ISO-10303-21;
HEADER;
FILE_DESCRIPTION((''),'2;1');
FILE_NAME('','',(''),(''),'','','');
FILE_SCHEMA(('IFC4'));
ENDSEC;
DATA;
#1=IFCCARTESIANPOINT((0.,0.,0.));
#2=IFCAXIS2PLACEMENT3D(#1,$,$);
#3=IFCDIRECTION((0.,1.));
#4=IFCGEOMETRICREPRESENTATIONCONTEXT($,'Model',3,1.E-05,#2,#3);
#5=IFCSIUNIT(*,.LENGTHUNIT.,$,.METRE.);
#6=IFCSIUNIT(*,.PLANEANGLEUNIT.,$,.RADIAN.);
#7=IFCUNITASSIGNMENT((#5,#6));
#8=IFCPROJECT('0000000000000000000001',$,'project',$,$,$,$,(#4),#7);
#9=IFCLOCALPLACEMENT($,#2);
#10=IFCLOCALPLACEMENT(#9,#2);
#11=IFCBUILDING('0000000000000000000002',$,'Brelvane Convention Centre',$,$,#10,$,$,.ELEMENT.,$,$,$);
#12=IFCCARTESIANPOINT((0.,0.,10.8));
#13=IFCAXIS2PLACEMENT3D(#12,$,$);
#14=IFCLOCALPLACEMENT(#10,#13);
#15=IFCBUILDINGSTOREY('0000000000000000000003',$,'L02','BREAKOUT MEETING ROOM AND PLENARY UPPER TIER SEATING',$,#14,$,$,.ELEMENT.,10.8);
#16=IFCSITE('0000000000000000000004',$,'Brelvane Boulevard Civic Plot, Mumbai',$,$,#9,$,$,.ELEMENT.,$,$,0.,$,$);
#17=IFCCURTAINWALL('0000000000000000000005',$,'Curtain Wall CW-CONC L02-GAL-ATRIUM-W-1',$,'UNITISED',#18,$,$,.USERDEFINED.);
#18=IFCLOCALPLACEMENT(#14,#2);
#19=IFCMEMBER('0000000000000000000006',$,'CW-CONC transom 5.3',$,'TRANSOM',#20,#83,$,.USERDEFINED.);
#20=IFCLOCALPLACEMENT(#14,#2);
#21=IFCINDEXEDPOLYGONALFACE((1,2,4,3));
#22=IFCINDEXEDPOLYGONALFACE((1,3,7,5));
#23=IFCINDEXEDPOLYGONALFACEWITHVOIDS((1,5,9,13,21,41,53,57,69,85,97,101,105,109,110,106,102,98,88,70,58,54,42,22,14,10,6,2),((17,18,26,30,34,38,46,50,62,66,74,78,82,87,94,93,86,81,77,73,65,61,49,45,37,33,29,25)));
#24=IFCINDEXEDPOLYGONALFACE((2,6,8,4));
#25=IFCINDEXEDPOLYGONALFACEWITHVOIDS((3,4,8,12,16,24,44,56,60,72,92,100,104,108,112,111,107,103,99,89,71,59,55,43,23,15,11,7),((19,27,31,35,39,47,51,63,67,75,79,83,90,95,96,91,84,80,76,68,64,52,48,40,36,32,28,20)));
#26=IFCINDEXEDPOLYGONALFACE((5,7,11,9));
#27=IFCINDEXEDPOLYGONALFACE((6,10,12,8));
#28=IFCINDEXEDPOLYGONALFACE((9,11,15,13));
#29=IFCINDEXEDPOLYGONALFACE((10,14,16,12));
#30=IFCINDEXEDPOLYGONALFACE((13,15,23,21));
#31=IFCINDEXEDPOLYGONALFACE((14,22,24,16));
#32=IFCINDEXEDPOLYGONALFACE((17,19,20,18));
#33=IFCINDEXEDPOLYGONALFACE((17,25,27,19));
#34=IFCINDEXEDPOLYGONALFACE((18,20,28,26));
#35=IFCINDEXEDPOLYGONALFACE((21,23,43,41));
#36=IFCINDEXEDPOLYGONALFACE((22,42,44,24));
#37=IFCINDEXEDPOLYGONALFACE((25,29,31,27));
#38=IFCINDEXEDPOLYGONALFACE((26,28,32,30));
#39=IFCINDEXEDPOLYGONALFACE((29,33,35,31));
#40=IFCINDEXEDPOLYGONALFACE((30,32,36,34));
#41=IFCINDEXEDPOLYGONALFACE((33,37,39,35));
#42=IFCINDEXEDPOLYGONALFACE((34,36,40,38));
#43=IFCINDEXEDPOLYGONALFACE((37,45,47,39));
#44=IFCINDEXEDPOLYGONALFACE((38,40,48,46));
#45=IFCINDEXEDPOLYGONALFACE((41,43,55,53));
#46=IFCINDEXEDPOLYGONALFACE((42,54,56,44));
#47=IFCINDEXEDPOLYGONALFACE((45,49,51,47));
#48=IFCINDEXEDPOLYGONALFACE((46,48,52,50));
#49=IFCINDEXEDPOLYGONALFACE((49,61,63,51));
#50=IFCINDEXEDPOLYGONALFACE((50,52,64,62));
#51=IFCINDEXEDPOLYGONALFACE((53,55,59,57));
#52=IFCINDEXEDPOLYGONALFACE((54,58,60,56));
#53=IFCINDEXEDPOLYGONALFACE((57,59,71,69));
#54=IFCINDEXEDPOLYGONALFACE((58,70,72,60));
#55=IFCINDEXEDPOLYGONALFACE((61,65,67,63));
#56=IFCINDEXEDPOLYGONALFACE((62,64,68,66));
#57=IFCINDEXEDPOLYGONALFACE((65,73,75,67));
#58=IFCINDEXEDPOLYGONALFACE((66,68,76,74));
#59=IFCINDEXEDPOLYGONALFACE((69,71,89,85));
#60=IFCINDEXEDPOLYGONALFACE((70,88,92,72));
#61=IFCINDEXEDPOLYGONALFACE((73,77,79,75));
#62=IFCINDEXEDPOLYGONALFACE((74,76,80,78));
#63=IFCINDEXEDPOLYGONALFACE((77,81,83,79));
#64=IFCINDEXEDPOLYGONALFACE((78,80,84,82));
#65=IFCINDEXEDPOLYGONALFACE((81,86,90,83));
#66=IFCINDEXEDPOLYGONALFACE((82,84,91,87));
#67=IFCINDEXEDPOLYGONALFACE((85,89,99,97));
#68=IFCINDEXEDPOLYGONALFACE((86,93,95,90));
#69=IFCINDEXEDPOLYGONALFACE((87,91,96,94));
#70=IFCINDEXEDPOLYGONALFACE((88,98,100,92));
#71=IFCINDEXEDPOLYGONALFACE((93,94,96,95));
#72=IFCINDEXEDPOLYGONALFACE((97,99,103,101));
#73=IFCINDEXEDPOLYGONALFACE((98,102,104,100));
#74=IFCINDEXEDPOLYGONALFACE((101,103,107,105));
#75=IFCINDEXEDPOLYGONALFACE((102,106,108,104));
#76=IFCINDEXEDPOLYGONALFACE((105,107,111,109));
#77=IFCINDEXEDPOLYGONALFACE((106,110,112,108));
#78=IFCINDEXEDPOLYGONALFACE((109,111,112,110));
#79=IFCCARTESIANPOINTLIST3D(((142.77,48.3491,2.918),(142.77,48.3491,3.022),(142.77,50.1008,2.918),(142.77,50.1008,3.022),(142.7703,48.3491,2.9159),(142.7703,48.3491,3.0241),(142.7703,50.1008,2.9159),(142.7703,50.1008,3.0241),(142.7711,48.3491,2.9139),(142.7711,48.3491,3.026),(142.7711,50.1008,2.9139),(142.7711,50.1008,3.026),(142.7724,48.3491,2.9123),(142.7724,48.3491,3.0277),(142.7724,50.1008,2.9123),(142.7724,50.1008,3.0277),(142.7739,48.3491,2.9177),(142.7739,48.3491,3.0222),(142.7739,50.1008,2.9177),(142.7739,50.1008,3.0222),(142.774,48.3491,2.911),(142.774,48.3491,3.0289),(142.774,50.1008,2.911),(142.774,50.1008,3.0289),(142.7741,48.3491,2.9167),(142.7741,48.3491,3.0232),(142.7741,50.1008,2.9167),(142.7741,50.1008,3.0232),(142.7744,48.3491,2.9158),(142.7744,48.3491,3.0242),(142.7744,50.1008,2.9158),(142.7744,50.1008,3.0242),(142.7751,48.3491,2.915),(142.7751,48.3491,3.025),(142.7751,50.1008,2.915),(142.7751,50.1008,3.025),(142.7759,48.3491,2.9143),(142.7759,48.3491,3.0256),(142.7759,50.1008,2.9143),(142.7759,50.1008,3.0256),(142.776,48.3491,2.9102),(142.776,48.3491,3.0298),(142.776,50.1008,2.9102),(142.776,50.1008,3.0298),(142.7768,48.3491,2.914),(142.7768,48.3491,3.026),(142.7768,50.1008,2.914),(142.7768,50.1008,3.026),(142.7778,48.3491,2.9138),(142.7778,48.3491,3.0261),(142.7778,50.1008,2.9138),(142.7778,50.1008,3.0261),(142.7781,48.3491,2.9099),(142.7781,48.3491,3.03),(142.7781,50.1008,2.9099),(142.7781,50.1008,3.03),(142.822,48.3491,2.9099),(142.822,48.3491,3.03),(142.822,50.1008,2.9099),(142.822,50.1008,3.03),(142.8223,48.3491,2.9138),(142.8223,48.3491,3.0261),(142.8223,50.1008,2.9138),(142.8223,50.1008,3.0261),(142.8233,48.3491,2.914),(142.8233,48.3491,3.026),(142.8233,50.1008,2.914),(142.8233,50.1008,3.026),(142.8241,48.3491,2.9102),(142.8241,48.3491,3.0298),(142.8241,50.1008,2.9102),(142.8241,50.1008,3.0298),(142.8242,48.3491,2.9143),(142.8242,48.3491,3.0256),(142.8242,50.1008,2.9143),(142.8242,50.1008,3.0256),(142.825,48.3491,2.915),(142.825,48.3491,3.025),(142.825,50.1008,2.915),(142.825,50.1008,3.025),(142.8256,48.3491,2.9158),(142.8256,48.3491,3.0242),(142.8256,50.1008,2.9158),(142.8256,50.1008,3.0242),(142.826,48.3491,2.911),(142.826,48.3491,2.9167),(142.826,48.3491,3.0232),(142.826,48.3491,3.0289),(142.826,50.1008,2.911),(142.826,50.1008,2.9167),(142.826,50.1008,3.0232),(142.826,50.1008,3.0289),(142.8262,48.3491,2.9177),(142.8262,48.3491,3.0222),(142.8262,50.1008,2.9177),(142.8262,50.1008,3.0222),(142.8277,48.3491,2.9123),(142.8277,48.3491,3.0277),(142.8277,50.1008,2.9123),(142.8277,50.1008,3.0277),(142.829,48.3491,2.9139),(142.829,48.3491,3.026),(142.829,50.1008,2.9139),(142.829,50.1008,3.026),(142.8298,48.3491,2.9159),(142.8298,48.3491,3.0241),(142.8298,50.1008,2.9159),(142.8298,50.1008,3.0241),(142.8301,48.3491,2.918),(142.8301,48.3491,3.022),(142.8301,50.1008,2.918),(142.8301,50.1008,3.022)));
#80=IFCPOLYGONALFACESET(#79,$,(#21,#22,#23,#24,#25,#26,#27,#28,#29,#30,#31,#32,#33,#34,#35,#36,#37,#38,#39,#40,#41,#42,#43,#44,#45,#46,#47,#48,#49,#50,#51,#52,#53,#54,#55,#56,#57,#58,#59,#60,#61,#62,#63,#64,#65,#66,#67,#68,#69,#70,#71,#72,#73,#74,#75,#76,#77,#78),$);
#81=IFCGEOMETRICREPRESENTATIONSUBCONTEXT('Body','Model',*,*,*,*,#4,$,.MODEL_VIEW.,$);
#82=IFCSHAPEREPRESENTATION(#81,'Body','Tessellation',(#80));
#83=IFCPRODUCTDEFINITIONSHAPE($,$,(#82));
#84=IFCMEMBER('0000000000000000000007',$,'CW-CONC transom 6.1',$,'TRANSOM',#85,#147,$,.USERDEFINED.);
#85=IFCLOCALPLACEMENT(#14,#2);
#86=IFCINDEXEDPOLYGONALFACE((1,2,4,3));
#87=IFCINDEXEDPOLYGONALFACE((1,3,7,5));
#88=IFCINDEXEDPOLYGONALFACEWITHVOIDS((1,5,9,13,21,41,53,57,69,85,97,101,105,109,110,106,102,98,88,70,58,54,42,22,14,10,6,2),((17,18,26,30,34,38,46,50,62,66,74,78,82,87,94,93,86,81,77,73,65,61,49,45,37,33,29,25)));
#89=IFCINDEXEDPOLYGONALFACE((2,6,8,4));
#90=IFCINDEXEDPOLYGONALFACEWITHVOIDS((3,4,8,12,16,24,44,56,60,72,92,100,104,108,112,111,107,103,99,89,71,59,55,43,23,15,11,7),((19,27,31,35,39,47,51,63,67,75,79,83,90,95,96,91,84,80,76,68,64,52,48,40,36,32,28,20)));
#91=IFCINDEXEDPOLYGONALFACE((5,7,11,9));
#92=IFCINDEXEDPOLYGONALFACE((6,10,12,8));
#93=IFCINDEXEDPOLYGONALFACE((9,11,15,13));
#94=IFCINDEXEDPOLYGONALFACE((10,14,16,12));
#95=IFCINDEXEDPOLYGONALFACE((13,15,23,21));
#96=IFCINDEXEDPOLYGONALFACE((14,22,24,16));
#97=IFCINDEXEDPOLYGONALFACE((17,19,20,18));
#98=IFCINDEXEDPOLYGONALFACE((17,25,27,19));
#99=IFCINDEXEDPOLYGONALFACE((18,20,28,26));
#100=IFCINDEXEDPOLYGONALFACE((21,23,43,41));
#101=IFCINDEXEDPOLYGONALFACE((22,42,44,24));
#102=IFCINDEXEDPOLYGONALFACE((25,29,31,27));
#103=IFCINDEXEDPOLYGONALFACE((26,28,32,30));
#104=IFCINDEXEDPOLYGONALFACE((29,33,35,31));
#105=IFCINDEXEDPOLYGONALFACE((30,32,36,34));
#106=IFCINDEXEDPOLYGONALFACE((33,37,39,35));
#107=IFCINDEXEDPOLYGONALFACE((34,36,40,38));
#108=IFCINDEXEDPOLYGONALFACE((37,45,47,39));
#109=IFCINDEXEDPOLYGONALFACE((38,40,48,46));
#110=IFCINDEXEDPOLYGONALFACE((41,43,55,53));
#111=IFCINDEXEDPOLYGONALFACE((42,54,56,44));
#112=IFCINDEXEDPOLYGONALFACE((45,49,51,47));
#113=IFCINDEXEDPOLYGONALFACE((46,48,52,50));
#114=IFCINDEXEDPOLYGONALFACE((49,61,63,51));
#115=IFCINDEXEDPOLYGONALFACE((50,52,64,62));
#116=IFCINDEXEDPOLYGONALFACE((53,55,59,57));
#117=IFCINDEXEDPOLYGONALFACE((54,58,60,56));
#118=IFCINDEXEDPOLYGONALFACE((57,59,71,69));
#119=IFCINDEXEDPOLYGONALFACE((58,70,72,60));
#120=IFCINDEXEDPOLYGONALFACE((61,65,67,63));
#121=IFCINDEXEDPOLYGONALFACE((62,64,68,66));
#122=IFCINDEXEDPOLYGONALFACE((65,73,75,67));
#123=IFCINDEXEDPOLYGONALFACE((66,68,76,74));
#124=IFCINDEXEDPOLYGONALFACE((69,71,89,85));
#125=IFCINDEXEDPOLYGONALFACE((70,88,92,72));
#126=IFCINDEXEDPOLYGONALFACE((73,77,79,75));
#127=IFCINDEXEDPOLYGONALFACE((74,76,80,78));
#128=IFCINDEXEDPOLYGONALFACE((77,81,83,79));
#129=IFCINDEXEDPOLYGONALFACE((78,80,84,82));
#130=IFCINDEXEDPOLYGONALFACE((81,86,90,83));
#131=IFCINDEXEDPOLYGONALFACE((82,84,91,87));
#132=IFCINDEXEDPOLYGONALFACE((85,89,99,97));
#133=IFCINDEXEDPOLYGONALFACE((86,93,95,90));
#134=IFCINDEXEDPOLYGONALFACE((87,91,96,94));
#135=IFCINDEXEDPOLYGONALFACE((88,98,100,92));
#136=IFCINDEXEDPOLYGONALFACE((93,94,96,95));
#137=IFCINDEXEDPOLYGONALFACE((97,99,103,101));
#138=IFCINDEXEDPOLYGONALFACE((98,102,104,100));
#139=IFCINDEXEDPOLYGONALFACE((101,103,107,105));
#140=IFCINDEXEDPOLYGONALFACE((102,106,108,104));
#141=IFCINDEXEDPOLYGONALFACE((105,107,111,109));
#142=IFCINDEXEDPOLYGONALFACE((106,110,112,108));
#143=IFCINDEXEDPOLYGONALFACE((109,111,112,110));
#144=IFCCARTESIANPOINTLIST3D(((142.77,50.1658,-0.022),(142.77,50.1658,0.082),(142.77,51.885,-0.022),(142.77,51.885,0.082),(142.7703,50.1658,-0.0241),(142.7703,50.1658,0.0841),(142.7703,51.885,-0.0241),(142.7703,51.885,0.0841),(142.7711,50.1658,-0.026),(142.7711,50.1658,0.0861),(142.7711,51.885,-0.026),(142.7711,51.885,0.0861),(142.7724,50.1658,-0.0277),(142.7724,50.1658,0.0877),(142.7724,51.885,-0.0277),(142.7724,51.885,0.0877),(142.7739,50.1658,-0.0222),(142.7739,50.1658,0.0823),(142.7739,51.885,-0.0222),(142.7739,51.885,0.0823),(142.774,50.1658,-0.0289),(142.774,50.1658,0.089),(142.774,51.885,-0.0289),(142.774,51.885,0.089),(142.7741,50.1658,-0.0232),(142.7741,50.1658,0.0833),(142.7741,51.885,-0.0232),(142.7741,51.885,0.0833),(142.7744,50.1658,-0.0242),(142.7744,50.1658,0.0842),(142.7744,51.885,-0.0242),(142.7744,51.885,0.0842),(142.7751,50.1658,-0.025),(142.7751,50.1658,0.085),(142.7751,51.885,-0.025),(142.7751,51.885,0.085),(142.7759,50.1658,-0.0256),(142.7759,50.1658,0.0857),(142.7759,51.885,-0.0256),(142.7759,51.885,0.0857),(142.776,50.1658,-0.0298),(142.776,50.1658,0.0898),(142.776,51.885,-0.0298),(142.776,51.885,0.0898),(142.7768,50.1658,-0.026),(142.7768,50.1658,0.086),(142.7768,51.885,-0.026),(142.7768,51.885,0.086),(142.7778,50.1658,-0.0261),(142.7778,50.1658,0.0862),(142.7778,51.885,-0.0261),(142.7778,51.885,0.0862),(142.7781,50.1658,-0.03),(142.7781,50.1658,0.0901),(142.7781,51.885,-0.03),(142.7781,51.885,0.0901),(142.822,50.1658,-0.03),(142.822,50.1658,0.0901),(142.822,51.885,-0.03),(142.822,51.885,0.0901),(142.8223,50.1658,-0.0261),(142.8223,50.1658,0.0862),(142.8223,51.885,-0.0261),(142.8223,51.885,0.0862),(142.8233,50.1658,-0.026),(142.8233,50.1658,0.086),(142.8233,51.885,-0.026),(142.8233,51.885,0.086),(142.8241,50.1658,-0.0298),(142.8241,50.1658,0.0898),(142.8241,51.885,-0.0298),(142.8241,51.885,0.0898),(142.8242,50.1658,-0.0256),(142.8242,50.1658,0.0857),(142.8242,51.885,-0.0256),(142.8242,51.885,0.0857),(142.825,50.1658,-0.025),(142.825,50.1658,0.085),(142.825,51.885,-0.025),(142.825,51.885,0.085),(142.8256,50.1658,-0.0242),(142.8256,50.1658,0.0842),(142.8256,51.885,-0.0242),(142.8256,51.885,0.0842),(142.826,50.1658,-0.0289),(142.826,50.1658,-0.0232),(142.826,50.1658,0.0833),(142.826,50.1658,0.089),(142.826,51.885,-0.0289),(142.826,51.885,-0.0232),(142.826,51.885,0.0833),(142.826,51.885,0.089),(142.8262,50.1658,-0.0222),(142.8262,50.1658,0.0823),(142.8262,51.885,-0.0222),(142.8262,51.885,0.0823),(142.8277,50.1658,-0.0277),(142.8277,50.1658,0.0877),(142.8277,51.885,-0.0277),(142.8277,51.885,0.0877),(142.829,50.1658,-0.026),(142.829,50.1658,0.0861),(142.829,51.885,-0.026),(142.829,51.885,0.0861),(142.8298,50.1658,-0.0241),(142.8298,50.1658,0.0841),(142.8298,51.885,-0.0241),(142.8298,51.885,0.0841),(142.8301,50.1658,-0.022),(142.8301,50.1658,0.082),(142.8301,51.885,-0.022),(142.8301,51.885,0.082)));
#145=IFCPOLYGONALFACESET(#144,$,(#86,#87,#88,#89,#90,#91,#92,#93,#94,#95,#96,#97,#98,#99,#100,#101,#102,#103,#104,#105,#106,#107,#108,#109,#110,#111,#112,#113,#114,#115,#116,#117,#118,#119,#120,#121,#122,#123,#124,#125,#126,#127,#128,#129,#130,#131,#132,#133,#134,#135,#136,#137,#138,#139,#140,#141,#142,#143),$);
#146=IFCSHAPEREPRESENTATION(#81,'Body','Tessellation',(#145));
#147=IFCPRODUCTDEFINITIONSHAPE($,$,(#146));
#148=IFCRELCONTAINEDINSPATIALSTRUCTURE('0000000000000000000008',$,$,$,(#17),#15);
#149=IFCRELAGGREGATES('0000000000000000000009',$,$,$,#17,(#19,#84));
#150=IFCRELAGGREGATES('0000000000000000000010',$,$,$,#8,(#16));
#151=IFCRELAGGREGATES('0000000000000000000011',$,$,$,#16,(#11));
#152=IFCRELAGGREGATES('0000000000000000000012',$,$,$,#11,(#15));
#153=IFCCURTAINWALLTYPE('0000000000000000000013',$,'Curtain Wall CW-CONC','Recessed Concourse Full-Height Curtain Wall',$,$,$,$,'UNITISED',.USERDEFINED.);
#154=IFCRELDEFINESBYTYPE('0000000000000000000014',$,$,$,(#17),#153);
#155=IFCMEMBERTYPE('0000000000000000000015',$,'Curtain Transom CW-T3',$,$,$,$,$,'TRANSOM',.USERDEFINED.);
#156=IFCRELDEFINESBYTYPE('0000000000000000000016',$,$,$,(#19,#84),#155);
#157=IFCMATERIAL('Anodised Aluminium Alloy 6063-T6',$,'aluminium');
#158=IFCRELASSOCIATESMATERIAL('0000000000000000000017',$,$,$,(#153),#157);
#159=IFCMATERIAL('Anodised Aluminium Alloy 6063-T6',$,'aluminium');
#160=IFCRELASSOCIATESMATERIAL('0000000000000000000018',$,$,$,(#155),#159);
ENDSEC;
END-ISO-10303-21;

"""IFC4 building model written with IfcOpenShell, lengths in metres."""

from ifc_helpers import new_model, si_unit, direction, frame, origin, origin_2d, place, context, subcontext, project, spatial, hollow_rectangle, extrude, material, material_profile, profile_set, type_object, element, aggregate, save


model = new_model("IFC4")

# Units and contexts
model_context = context("Model", 3, precision=1e-05, world=origin(), true_north=direction((0.0, 1.0)))
body_context = subcontext(model_context, "Body", "Model", "MODEL_VIEW")
ifc_project = project(units=[si_unit("LENGTHUNIT", "METRE"), si_unit("PLANEANGLEUNIT", "RADIAN")], contexts=[model_context])

# Site, building, storey
site_placement = place(None, origin())
site = spatial("IfcSite", under=ifc_project, at=site_placement, Name="Brelvane Boulevard Civic Plot, Mumbai", CompositionType="ELEMENT", RefElevation=0.0)
building_placement = place(site_placement, origin())
building = spatial("IfcBuilding", under=site, at=building_placement, Name="Brelvane Convention Centre", CompositionType="ELEMENT")
storey_placement = place(building_placement, frame((0.0, 0.0, 10.8)))
storey = spatial("IfcBuildingStorey", under=building, at=storey_placement, Name="L02", Description="BREAKOUT MEETING ROOM AND PLENARY UPPER TIER SEATING", CompositionType="ELEMENT", Elevation=10.8)

# Curtain wall, members
ifc_material_1 = material(Name="Anodised Aluminium Alloy 6063-T6", Category="aluminium")
curtain_wall_type = type_object("IfcCurtainWallType", Name="Curtain Wall CW-CONC", Description="Recessed Concourse Full-Height Curtain Wall", ElementType="UNITISED", PredefinedType="USERDEFINED", material=ifc_material_1)
curtain_wall_placement = place(storey_placement, origin())
curtain_wall = element("IfcCurtainWall", 1, at=curtain_wall_placement, inside=storey, type_object=curtain_wall_type, Name="Curtain Wall CW-CONC L02-GAL-ATRIUM-W-1", ObjectType="UNITISED", PredefinedType="USERDEFINED")
ifc_material_2 = material(Name="Anodised Aluminium Alloy 6063-T6", Category="aluminium")
ifc_material_profile_1 = material_profile(ifc_material_2, hollow_rectangle(XDim=0.0601, YDim=0.1201, WallThickness=0.0039, InnerFilletRadius=0.0039, OuterFilletRadius=0.0081, at=origin_2d()), Name="ALU-T 120x60x4.0")
ifc_profile_set_1 = profile_set([ifc_material_profile_1], Name="Anodised Aluminium Alloy 6063-T6")
member_type_1 = type_object("IfcMemberType", Name="Curtain Transom CW-T3", ElementType="TRANSOM", PredefinedType="USERDEFINED", material=ifc_profile_set_1)
member_1_placement = place(storey_placement, frame((142.8, 48.3491, 2.97), z_axis=(0.0, 1.0, 0.0), x_axis=(-1.0, 0.0, 0.0)))
member_1 = element("IfcMember", 2, at=member_1_placement, type_object=member_type_1, Name="CW-CONC transom 5.3", ObjectType="TRANSOM", PredefinedType="USERDEFINED", context=body_context, shape_type="SweptSolid", body=[
    extrude(hollow_rectangle(XDim=0.0601, YDim=0.1201, WallThickness=0.0039, InnerFilletRadius=0.0039, OuterFilletRadius=0.0081, at=origin_2d()), origin(), (0.0, 0.0, 1.0), 1.7517),
])
member_2_placement = place(storey_placement, frame((142.8, 50.1658, 0.03), z_axis=(0.0, 1.0, 0.0), x_axis=(-1.0, 0.0, 0.0)))
member_2 = element("IfcMember", 3, at=member_2_placement, type_object=member_type_1, Name="CW-CONC transom 6.1", ObjectType="TRANSOM", PredefinedType="USERDEFINED", context=body_context, shape_type="SweptSolid", body=[
    extrude(hollow_rectangle(XDim=0.0601, YDim=0.1201, WallThickness=0.0039, InnerFilletRadius=0.0039, OuterFilletRadius=0.0081, at=origin_2d()), origin(), (0.0, 0.0, 1.0), 1.7192),
])
aggregate(curtain_wall, [member_1, member_2])

save(model, "model.ifc")
